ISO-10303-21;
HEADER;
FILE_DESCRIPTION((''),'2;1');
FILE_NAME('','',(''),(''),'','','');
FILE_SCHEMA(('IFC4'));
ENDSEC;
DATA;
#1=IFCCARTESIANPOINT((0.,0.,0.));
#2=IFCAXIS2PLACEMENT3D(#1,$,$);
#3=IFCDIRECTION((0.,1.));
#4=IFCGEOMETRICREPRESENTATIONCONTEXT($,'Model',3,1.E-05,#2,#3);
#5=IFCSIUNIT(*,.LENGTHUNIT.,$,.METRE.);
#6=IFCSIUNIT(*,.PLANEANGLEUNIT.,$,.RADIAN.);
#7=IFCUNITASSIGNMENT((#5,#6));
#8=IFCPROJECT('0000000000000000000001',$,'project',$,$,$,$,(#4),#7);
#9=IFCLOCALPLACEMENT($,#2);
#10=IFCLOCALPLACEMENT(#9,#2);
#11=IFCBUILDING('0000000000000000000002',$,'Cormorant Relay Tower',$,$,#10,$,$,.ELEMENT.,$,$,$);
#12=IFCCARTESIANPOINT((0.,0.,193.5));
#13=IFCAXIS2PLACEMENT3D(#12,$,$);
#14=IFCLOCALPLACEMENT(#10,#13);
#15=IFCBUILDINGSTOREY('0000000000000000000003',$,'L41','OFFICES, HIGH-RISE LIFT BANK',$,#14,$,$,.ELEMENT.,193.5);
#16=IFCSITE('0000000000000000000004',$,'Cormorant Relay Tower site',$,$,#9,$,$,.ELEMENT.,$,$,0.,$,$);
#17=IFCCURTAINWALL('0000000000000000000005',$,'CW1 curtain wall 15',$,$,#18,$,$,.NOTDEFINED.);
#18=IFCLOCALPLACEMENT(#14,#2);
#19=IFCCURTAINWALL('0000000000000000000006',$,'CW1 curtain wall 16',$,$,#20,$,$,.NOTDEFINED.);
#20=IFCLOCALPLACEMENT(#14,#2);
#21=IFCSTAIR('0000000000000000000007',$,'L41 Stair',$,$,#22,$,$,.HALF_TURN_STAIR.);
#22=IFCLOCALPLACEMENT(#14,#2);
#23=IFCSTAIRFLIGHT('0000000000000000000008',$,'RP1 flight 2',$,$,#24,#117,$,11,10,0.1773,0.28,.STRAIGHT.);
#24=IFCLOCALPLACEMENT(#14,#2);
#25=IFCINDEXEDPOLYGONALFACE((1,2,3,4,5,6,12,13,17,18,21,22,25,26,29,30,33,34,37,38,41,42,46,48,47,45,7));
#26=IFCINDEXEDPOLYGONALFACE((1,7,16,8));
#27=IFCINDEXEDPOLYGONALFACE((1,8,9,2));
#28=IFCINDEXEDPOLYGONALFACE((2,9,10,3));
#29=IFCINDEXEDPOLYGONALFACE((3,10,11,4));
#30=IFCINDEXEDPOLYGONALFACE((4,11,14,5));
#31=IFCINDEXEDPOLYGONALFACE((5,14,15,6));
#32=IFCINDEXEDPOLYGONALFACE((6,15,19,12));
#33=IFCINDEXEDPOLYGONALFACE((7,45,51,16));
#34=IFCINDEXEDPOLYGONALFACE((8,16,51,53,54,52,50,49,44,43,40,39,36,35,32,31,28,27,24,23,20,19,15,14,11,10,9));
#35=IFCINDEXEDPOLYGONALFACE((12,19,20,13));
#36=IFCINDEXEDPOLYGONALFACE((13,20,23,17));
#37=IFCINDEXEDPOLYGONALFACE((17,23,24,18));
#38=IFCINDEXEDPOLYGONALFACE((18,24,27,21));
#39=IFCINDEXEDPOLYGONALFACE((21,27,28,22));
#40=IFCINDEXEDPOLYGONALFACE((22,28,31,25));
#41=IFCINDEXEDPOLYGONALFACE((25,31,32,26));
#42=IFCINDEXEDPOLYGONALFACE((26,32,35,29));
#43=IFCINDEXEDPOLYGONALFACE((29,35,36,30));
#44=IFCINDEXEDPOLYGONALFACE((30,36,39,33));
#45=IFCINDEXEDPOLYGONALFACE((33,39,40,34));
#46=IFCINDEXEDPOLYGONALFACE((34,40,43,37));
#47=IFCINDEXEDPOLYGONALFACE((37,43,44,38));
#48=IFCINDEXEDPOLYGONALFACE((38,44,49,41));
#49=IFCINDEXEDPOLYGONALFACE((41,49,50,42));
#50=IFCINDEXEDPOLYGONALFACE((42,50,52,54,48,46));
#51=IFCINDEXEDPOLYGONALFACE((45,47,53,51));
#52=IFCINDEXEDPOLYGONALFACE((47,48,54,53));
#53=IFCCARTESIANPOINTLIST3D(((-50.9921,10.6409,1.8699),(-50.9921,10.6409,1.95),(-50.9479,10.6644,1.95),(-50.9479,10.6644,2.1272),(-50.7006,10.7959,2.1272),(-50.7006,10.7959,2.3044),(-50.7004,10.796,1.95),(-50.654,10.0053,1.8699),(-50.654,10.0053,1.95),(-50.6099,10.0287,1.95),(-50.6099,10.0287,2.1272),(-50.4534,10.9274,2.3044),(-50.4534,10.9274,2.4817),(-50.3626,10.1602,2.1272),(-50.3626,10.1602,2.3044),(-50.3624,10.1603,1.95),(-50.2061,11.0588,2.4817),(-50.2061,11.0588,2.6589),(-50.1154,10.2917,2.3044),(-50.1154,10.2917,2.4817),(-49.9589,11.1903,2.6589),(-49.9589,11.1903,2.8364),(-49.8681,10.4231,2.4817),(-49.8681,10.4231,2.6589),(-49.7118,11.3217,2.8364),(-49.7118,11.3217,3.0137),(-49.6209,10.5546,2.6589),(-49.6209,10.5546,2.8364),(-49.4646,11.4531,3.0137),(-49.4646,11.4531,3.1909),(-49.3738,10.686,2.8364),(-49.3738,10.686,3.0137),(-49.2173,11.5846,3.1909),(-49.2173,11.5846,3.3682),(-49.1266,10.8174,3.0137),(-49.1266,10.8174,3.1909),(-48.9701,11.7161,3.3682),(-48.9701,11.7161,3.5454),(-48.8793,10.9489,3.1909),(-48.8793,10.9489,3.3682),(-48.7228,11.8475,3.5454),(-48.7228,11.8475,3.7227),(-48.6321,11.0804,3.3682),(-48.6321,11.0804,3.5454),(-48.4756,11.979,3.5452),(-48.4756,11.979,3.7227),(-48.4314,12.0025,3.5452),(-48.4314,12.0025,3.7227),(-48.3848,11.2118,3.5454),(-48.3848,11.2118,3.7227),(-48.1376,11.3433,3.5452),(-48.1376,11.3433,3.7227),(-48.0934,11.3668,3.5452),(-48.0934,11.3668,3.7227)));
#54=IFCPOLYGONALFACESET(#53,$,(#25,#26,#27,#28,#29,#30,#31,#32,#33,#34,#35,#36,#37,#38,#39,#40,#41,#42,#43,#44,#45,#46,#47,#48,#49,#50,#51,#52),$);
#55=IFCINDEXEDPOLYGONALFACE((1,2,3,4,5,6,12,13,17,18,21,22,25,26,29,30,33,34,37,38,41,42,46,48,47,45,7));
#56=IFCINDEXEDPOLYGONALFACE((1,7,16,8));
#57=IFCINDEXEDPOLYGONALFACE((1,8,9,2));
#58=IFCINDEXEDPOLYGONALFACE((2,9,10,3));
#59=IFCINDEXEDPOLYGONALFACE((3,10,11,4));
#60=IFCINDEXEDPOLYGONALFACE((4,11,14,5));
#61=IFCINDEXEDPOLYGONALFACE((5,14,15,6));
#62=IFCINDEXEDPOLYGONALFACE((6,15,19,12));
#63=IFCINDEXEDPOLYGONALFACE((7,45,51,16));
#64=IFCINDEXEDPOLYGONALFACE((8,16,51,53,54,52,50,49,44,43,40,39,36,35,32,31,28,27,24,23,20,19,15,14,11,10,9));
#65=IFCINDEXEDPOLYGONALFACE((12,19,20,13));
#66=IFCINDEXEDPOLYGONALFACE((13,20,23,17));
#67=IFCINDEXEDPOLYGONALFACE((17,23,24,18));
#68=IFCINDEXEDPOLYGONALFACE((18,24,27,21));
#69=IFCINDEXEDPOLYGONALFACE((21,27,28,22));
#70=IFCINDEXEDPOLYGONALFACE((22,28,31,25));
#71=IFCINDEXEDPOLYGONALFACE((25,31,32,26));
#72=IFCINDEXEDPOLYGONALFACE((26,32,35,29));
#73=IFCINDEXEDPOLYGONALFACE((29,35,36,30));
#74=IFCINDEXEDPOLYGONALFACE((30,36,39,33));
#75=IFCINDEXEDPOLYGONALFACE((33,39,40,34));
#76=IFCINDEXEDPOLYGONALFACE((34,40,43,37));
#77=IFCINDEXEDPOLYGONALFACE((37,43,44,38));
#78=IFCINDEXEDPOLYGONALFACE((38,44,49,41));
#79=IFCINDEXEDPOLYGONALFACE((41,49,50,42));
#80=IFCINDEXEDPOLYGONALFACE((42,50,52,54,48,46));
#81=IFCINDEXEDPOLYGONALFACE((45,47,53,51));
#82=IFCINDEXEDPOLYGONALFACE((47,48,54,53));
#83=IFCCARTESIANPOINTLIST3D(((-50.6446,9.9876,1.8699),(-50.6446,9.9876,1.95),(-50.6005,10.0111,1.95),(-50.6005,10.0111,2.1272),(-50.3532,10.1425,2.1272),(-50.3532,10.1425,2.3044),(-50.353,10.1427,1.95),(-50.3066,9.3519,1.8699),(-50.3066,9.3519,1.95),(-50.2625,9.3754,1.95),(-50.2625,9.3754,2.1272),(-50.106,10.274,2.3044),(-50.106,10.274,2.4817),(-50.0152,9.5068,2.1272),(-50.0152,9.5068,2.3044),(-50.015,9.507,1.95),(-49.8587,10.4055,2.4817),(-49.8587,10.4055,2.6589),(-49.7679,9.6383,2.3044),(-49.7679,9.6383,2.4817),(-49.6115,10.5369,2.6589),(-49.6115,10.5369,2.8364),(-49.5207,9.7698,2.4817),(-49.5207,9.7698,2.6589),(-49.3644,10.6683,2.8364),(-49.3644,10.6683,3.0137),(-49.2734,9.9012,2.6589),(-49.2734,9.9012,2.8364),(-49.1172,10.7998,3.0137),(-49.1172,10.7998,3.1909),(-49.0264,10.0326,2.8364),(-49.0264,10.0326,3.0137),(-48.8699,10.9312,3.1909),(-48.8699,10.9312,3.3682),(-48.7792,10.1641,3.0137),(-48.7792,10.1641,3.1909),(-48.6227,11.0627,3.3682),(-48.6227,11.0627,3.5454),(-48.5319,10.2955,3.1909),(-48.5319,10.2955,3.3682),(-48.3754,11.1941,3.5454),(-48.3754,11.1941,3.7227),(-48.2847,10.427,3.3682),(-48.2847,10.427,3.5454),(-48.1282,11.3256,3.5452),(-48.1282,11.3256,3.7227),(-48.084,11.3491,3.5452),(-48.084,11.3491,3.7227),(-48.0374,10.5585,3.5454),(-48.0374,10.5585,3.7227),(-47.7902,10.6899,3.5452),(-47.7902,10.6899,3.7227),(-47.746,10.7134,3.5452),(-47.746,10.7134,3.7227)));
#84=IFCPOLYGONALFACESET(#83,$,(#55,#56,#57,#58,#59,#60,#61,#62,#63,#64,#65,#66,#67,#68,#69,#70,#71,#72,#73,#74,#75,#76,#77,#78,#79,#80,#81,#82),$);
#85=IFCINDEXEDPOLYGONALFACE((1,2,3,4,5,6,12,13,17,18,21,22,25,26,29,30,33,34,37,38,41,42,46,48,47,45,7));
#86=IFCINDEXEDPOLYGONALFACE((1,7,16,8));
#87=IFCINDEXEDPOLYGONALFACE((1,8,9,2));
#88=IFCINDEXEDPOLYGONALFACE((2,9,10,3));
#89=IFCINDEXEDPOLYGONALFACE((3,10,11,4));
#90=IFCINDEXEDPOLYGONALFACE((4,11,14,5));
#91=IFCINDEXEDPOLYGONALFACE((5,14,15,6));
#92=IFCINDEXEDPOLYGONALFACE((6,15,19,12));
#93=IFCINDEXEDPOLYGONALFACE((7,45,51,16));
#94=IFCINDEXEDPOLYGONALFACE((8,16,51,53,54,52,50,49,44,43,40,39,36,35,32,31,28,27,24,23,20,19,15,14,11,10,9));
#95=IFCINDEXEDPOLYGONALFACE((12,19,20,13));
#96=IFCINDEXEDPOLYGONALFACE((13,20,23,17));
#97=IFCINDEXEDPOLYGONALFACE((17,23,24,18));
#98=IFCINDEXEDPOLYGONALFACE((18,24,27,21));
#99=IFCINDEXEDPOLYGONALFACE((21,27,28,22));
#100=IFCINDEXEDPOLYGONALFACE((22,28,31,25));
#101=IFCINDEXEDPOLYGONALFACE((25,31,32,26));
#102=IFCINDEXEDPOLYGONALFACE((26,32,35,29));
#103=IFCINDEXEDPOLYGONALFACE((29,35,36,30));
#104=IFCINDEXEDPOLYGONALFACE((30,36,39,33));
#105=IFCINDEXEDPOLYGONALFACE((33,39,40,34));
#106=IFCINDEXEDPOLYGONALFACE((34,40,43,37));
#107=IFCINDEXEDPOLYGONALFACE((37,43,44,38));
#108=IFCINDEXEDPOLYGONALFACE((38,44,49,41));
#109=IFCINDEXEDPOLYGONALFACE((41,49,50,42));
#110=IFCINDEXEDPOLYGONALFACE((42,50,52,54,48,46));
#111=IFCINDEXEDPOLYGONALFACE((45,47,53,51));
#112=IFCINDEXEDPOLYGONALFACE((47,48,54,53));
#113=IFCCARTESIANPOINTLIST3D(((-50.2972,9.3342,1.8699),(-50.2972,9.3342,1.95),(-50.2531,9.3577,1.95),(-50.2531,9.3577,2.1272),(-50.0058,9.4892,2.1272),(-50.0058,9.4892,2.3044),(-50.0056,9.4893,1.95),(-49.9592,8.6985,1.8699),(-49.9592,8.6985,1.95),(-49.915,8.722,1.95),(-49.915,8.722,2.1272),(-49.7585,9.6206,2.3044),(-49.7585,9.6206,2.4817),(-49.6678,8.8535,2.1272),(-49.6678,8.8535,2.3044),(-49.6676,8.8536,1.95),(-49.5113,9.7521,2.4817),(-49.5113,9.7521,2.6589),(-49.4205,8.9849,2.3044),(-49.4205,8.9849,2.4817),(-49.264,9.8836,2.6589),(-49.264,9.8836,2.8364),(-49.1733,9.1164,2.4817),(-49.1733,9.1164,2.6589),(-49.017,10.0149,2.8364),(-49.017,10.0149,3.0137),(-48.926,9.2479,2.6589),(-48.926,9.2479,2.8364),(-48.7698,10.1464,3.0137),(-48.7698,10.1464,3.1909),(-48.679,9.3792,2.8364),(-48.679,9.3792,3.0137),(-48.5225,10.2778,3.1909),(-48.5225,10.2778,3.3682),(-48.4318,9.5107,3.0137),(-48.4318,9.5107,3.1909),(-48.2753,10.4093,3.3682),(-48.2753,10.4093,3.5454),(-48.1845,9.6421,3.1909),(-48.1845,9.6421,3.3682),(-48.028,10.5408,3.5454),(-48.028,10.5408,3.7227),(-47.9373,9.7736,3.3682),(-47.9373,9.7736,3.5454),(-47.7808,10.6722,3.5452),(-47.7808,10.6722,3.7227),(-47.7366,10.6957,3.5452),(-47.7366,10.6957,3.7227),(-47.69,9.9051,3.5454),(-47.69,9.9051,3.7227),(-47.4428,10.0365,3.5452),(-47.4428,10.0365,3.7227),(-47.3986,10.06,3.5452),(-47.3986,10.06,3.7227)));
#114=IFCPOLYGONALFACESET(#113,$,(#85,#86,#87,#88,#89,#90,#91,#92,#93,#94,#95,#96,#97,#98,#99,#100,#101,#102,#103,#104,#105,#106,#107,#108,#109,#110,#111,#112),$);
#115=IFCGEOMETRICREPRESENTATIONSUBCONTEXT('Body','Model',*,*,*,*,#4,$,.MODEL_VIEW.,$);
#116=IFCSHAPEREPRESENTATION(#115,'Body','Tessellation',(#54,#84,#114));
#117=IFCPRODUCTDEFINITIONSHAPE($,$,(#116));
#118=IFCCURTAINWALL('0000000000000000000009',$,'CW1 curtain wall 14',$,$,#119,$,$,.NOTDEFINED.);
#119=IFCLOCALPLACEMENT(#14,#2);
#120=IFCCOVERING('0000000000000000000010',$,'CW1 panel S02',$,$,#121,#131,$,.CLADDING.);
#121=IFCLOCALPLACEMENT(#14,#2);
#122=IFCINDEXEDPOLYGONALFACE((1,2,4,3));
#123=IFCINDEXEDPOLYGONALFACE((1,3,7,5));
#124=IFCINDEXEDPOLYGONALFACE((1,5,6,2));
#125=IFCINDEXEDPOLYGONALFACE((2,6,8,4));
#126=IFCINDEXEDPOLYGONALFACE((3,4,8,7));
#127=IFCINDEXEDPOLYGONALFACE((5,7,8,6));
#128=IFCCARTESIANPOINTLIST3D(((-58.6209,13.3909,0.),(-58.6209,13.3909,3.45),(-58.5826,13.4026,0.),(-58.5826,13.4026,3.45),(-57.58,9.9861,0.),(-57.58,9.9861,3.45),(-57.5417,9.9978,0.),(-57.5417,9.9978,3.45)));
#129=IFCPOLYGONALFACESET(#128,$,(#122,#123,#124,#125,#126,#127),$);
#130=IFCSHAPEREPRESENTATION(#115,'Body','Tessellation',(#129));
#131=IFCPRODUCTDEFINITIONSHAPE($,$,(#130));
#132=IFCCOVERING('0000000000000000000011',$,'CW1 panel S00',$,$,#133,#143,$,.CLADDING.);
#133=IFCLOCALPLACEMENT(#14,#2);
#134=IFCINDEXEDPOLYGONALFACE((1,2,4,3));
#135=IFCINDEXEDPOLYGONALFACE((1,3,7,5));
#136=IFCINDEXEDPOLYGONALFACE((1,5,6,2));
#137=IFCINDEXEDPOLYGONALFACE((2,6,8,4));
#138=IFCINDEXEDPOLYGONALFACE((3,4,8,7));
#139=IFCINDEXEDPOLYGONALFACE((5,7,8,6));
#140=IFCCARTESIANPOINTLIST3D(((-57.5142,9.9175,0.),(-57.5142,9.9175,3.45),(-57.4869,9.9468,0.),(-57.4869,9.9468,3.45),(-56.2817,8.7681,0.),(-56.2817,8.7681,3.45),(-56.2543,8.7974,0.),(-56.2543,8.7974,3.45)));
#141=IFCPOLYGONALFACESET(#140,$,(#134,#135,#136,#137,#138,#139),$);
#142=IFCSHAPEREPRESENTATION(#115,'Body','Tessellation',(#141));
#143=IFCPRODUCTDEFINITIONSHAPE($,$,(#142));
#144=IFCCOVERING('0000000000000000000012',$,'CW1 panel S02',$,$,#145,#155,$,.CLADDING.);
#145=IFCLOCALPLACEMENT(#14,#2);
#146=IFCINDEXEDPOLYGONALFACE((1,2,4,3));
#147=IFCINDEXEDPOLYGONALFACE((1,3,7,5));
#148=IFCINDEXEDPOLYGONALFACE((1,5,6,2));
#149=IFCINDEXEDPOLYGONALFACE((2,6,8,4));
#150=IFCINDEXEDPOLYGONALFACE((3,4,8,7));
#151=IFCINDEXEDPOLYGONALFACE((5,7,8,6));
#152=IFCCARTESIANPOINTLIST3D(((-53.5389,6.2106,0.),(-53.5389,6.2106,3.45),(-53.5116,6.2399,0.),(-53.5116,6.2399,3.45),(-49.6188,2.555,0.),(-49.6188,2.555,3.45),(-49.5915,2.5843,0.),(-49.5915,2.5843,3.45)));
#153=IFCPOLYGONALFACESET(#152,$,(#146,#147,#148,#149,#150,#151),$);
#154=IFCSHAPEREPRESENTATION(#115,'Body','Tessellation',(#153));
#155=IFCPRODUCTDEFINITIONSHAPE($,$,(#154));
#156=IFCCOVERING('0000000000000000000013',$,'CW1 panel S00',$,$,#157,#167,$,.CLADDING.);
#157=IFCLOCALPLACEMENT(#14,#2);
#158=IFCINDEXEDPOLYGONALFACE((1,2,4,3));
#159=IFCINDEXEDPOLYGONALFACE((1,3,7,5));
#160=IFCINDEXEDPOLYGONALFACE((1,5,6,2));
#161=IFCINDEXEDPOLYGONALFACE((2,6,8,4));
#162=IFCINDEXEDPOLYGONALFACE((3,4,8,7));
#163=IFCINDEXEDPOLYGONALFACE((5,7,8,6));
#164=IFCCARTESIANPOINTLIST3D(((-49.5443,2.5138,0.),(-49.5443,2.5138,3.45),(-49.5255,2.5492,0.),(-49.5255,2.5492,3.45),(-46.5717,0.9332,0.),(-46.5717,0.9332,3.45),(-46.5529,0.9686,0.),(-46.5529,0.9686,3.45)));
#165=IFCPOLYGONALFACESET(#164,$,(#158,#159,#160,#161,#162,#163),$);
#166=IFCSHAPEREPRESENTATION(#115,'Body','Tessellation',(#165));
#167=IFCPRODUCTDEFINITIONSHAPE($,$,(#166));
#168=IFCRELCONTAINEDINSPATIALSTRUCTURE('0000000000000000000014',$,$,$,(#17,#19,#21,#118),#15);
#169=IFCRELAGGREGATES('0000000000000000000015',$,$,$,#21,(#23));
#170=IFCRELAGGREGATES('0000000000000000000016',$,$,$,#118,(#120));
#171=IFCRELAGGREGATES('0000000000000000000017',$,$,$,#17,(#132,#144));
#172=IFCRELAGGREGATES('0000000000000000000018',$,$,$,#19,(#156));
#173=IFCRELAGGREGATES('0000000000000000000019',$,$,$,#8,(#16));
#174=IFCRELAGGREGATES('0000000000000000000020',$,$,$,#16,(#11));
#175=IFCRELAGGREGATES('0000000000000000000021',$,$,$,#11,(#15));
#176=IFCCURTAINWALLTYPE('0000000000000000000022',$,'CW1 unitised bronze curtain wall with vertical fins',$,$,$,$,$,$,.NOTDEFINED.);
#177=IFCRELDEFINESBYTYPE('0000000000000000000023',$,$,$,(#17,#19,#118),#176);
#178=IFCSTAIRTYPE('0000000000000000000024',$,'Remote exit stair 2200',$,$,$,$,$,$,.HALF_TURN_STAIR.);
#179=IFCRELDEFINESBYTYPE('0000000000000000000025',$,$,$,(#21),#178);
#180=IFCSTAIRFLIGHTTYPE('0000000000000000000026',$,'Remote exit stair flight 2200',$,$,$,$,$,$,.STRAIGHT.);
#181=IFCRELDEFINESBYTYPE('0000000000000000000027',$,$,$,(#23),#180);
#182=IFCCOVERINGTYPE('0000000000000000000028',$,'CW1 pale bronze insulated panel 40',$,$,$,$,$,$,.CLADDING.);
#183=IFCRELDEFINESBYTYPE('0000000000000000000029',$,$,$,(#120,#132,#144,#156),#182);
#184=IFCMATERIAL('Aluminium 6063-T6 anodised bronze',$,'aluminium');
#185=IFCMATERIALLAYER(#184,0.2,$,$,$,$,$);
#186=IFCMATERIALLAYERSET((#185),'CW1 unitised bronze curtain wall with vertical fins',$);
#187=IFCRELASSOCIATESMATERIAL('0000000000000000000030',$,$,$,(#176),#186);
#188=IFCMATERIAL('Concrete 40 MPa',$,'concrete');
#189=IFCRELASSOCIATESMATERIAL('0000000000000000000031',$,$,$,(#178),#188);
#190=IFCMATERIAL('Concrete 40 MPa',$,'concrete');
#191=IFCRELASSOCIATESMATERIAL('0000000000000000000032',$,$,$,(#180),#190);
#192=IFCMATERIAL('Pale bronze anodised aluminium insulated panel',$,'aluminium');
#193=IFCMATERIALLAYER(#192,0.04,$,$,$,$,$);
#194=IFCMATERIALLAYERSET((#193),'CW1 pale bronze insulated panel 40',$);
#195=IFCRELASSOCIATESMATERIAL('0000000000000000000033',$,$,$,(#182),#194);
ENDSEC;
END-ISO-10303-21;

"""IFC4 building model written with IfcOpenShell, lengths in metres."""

from ifc_helpers import new_model, si_unit, direction, frame, origin, origin_2d, place, context, subcontext, project, spatial, polyline, rectangle, outline, extrude, material, layer, layer_set, type_object, element, aggregate, save


model = new_model("IFC4")

# Units and contexts
model_context = context("Model", 3, precision=1e-05, world=origin(), true_north=direction((0.0, 1.0)))
body_context = subcontext(model_context, "Body", "Model", "MODEL_VIEW")
ifc_project = project(units=[si_unit("LENGTHUNIT", "METRE"), si_unit("PLANEANGLEUNIT", "RADIAN")], contexts=[model_context])

# Site, building, storey
site_placement = place(None, origin())
site = spatial("IfcSite", under=ifc_project, at=site_placement, Name="Cormorant Relay Tower site", CompositionType="ELEMENT", RefElevation=0.0)
building_placement = place(site_placement, origin())
building = spatial("IfcBuilding", under=site, at=building_placement, Name="Cormorant Relay Tower", CompositionType="ELEMENT")
storey_placement = place(building_placement, frame((0.0, 0.0, 193.5)))
storey = spatial("IfcBuildingStorey", under=building, at=storey_placement, Name="L41", Description="OFFICES, HIGH-RISE LIFT BANK", CompositionType="ELEMENT", Elevation=193.5)

# Curtain wall
ifc_material_1 = material(Name="Aluminium 6063-T6 anodised bronze", Category="aluminium")
ifc_layer_1 = layer(ifc_material_1, 0.2)
ifc_layer_set_1 = layer_set([ifc_layer_1], Name="CW1 unitised bronze curtain wall with vertical fins")
curtain_wall_type = type_object("IfcCurtainWallType", Name="CW1 unitised bronze curtain wall with vertical fins", PredefinedType="NOTDEFINED", material=ifc_layer_set_1)
curtain_wall_1_placement = place(storey_placement, origin())
curtain_wall_1 = element("IfcCurtainWall", 1, at=curtain_wall_1_placement, inside=storey, type_object=curtain_wall_type, Name="CW1 curtain wall 15", PredefinedType="NOTDEFINED")

# Curtain wall
curtain_wall_2_placement = place(storey_placement, origin())
curtain_wall_2 = element("IfcCurtainWall", 2, at=curtain_wall_2_placement, inside=storey, type_object=curtain_wall_type, Name="CW1 curtain wall 16", PredefinedType="NOTDEFINED")

# Stair, stair flight
ifc_material_2 = material(Name="Concrete 40 MPa", Category="concrete")
stair_type = type_object("IfcStairType", Name="Remote exit stair 2200", PredefinedType="HALF_TURN_STAIR", material=ifc_material_2)
stair_placement = place(storey_placement, origin())
stair = element("IfcStair", 3, at=stair_placement, inside=storey, type_object=stair_type, Name="L41 Stair", PredefinedType="HALF_TURN_STAIR")
ifc_material_3 = material(Name="Concrete 40 MPa", Category="concrete")
stair_flight_type = type_object("IfcStairFlightType", Name="Remote exit stair flight 2200", PredefinedType="STRAIGHT", material=ifc_material_3)
stair_flight_1_placement = place(storey_placement, frame((-50.4314, 9.6931, 1.95), z_axis=(0.0, 0.0, 1.0), x_axis=(0.882948, 0.469472, 0.0)))
stair_flight_1 = element("IfcStairFlight", 4, at=stair_flight_1_placement, type_object=stair_flight_type, Name="RP1 flight 2", NumberOfRisers=11, NumberOfTreads=10, PredefinedType="STRAIGHT", RiserHeight=0.1773, TreadLength=0.28, context=body_context, shape_type="SweptSolid", body=[
    extrude(outline(polyline([(-0.05, -0.0801), (-0.05, 0.0), (0.0, 0.0), (0.0, 0.1772), (0.28, 0.1772), (0.28, 0.3545), (0.5601, 0.3545), (0.5601, 0.5317), (0.8401, 0.5317), (0.8401, 0.709), (1.1201, 0.709), (1.1201, 0.8865), (1.3999, 0.8865), (1.3999, 1.0637), (1.6799, 1.0637), (1.6799, 1.241), (1.96, 1.241), (1.96, 1.4182), (2.24, 1.4182), (2.24, 1.5955), (2.52, 1.5955), (2.52, 1.7727), (2.8, 1.7727), (2.8501, 1.7727), (2.8501, 1.5952), (2.8, 1.5952), (0.2803, 0.0), (-0.05, -0.0801)])), frame((0.0, 1.1001, 0.0), z_axis=(0.0, -1.0, 0.0), x_axis=(1.0, 0.0, 0.0)), (0.0, 0.0, 1.0), 0.72),
    extrude(outline(polyline([(-0.05, -0.0801), (-0.05, 0.0), (0.0, 0.0), (0.0, 0.1772), (0.28, 0.1772), (0.28, 0.3545), (0.5601, 0.3545), (0.5601, 0.5317), (0.8401, 0.5317), (0.8401, 0.709), (1.1201, 0.709), (1.1201, 0.8865), (1.3999, 0.8865), (1.3999, 1.0637), (1.6799, 1.0637), (1.6799, 1.241), (1.96, 1.241), (1.96, 1.4182), (2.24, 1.4182), (2.24, 1.5955), (2.52, 1.5955), (2.52, 1.7727), (2.8, 1.7727), (2.8501, 1.7727), (2.8501, 1.5952), (2.8, 1.5952), (0.2803, 0.0), (-0.05, -0.0801)])), frame((0.0, 0.3601, 0.0), z_axis=(0.0, -1.0, 0.0), x_axis=(1.0, 0.0, 0.0)), (0.0, 0.0, 1.0), 0.72),
    extrude(outline(polyline([(-0.05, -0.0801), (-0.05, 0.0), (0.0, 0.0), (0.0, 0.1772), (0.28, 0.1772), (0.28, 0.3545), (0.5601, 0.3545), (0.5601, 0.5317), (0.8401, 0.5317), (0.8401, 0.709), (1.1201, 0.709), (1.1201, 0.8865), (1.3999, 0.8865), (1.3999, 1.0637), (1.6799, 1.0637), (1.6799, 1.241), (1.96, 1.241), (1.96, 1.4182), (2.24, 1.4182), (2.24, 1.5955), (2.52, 1.5955), (2.52, 1.7727), (2.8, 1.7727), (2.8501, 1.7727), (2.8501, 1.5952), (2.8, 1.5952), (0.2803, 0.0), (-0.05, -0.0801)])), frame((0.0, -0.3799, 0.0), z_axis=(0.0, -1.0, 0.0), x_axis=(1.0, 0.0, 0.0)), (0.0, 0.0, 1.0), 0.72),
])
aggregate(stair, [stair_flight_1])

# Curtain wall, covering
curtain_wall_3_placement = place(storey_placement, origin())
curtain_wall_3 = element("IfcCurtainWall", 5, at=curtain_wall_3_placement, inside=storey, type_object=curtain_wall_type, Name="CW1 curtain wall 14", PredefinedType="NOTDEFINED")
ifc_material_4 = material(Name="Pale bronze anodised aluminium insulated panel", Category="aluminium")
ifc_layer_2 = layer(ifc_material_4, 0.04)
ifc_layer_set_2 = layer_set([ifc_layer_2], Name="CW1 pale bronze insulated panel 40")
covering_type = type_object("IfcCoveringType", Name="CW1 pale bronze insulated panel 40", PredefinedType="CLADDING", material=ifc_layer_set_2)
covering_1_placement = place(storey_placement, frame((-58.0813, 11.6943, 0.0), z_axis=(0.0, 0.0, 1.0), x_axis=(0.292372, -0.956305, 0.0)))
covering_1 = element("IfcCovering", 6, at=covering_1_placement, type_object=covering_type, Name="CW1 panel S02", PredefinedType="CLADDING", context=body_context, shape_type="SweptSolid", body=[
    extrude(rectangle(XDim=3.5603, YDim=0.04, at=origin_2d()), origin(), (0.0, 0.0, 1.0), 3.45),
])
aggregate(curtain_wall_3, [covering_1])

# Coverings
covering_2_placement = place(storey_placement, frame((-56.8843, 9.3574, 0.0), z_axis=(0.0, 0.0, 1.0), x_axis=(0.731354, -0.681998, 0.0)))
covering_2 = element("IfcCovering", 7, at=covering_2_placement, type_object=covering_type, Name="CW1 panel S00", PredefinedType="CLADDING", context=body_context, shape_type="SweptSolid", body=[
    extrude(rectangle(XDim=1.6853, YDim=0.04, at=origin_2d()), origin(), (0.0, 0.0, 1.0), 3.45),
])
covering_3_placement = place(storey_placement, frame((-51.5652, 4.3975, 0.0), z_axis=(0.0, 0.0, 1.0), x_axis=(0.731354, -0.681998, 0.0)))
covering_3 = element("IfcCovering", 8, at=covering_3_placement, type_object=covering_type, Name="CW1 panel S02", PredefinedType="CLADDING", context=body_context, shape_type="SweptSolid", body=[
    extrude(rectangle(XDim=5.3601, YDim=0.04, at=origin_2d()), origin(), (0.0, 0.0, 1.0), 3.45),
])
aggregate(curtain_wall_1, [covering_2, covering_3])
covering_4_placement = place(storey_placement, frame((-48.0486, 1.7412, 0.0), z_axis=(0.0, 0.0, 1.0), x_axis=(0.882948, -0.469472, 0.0)))
covering_4 = element("IfcCovering", 9, at=covering_4_placement, type_object=covering_type, Name="CW1 panel S00", PredefinedType="CLADDING", context=body_context, shape_type="SweptSolid", body=[
    extrude(rectangle(XDim=3.3667, YDim=0.04, at=origin_2d()), origin(), (0.0, 0.0, 1.0), 3.45),
])
aggregate(curtain_wall_2, [covering_4])

save(model, "model.ifc")
